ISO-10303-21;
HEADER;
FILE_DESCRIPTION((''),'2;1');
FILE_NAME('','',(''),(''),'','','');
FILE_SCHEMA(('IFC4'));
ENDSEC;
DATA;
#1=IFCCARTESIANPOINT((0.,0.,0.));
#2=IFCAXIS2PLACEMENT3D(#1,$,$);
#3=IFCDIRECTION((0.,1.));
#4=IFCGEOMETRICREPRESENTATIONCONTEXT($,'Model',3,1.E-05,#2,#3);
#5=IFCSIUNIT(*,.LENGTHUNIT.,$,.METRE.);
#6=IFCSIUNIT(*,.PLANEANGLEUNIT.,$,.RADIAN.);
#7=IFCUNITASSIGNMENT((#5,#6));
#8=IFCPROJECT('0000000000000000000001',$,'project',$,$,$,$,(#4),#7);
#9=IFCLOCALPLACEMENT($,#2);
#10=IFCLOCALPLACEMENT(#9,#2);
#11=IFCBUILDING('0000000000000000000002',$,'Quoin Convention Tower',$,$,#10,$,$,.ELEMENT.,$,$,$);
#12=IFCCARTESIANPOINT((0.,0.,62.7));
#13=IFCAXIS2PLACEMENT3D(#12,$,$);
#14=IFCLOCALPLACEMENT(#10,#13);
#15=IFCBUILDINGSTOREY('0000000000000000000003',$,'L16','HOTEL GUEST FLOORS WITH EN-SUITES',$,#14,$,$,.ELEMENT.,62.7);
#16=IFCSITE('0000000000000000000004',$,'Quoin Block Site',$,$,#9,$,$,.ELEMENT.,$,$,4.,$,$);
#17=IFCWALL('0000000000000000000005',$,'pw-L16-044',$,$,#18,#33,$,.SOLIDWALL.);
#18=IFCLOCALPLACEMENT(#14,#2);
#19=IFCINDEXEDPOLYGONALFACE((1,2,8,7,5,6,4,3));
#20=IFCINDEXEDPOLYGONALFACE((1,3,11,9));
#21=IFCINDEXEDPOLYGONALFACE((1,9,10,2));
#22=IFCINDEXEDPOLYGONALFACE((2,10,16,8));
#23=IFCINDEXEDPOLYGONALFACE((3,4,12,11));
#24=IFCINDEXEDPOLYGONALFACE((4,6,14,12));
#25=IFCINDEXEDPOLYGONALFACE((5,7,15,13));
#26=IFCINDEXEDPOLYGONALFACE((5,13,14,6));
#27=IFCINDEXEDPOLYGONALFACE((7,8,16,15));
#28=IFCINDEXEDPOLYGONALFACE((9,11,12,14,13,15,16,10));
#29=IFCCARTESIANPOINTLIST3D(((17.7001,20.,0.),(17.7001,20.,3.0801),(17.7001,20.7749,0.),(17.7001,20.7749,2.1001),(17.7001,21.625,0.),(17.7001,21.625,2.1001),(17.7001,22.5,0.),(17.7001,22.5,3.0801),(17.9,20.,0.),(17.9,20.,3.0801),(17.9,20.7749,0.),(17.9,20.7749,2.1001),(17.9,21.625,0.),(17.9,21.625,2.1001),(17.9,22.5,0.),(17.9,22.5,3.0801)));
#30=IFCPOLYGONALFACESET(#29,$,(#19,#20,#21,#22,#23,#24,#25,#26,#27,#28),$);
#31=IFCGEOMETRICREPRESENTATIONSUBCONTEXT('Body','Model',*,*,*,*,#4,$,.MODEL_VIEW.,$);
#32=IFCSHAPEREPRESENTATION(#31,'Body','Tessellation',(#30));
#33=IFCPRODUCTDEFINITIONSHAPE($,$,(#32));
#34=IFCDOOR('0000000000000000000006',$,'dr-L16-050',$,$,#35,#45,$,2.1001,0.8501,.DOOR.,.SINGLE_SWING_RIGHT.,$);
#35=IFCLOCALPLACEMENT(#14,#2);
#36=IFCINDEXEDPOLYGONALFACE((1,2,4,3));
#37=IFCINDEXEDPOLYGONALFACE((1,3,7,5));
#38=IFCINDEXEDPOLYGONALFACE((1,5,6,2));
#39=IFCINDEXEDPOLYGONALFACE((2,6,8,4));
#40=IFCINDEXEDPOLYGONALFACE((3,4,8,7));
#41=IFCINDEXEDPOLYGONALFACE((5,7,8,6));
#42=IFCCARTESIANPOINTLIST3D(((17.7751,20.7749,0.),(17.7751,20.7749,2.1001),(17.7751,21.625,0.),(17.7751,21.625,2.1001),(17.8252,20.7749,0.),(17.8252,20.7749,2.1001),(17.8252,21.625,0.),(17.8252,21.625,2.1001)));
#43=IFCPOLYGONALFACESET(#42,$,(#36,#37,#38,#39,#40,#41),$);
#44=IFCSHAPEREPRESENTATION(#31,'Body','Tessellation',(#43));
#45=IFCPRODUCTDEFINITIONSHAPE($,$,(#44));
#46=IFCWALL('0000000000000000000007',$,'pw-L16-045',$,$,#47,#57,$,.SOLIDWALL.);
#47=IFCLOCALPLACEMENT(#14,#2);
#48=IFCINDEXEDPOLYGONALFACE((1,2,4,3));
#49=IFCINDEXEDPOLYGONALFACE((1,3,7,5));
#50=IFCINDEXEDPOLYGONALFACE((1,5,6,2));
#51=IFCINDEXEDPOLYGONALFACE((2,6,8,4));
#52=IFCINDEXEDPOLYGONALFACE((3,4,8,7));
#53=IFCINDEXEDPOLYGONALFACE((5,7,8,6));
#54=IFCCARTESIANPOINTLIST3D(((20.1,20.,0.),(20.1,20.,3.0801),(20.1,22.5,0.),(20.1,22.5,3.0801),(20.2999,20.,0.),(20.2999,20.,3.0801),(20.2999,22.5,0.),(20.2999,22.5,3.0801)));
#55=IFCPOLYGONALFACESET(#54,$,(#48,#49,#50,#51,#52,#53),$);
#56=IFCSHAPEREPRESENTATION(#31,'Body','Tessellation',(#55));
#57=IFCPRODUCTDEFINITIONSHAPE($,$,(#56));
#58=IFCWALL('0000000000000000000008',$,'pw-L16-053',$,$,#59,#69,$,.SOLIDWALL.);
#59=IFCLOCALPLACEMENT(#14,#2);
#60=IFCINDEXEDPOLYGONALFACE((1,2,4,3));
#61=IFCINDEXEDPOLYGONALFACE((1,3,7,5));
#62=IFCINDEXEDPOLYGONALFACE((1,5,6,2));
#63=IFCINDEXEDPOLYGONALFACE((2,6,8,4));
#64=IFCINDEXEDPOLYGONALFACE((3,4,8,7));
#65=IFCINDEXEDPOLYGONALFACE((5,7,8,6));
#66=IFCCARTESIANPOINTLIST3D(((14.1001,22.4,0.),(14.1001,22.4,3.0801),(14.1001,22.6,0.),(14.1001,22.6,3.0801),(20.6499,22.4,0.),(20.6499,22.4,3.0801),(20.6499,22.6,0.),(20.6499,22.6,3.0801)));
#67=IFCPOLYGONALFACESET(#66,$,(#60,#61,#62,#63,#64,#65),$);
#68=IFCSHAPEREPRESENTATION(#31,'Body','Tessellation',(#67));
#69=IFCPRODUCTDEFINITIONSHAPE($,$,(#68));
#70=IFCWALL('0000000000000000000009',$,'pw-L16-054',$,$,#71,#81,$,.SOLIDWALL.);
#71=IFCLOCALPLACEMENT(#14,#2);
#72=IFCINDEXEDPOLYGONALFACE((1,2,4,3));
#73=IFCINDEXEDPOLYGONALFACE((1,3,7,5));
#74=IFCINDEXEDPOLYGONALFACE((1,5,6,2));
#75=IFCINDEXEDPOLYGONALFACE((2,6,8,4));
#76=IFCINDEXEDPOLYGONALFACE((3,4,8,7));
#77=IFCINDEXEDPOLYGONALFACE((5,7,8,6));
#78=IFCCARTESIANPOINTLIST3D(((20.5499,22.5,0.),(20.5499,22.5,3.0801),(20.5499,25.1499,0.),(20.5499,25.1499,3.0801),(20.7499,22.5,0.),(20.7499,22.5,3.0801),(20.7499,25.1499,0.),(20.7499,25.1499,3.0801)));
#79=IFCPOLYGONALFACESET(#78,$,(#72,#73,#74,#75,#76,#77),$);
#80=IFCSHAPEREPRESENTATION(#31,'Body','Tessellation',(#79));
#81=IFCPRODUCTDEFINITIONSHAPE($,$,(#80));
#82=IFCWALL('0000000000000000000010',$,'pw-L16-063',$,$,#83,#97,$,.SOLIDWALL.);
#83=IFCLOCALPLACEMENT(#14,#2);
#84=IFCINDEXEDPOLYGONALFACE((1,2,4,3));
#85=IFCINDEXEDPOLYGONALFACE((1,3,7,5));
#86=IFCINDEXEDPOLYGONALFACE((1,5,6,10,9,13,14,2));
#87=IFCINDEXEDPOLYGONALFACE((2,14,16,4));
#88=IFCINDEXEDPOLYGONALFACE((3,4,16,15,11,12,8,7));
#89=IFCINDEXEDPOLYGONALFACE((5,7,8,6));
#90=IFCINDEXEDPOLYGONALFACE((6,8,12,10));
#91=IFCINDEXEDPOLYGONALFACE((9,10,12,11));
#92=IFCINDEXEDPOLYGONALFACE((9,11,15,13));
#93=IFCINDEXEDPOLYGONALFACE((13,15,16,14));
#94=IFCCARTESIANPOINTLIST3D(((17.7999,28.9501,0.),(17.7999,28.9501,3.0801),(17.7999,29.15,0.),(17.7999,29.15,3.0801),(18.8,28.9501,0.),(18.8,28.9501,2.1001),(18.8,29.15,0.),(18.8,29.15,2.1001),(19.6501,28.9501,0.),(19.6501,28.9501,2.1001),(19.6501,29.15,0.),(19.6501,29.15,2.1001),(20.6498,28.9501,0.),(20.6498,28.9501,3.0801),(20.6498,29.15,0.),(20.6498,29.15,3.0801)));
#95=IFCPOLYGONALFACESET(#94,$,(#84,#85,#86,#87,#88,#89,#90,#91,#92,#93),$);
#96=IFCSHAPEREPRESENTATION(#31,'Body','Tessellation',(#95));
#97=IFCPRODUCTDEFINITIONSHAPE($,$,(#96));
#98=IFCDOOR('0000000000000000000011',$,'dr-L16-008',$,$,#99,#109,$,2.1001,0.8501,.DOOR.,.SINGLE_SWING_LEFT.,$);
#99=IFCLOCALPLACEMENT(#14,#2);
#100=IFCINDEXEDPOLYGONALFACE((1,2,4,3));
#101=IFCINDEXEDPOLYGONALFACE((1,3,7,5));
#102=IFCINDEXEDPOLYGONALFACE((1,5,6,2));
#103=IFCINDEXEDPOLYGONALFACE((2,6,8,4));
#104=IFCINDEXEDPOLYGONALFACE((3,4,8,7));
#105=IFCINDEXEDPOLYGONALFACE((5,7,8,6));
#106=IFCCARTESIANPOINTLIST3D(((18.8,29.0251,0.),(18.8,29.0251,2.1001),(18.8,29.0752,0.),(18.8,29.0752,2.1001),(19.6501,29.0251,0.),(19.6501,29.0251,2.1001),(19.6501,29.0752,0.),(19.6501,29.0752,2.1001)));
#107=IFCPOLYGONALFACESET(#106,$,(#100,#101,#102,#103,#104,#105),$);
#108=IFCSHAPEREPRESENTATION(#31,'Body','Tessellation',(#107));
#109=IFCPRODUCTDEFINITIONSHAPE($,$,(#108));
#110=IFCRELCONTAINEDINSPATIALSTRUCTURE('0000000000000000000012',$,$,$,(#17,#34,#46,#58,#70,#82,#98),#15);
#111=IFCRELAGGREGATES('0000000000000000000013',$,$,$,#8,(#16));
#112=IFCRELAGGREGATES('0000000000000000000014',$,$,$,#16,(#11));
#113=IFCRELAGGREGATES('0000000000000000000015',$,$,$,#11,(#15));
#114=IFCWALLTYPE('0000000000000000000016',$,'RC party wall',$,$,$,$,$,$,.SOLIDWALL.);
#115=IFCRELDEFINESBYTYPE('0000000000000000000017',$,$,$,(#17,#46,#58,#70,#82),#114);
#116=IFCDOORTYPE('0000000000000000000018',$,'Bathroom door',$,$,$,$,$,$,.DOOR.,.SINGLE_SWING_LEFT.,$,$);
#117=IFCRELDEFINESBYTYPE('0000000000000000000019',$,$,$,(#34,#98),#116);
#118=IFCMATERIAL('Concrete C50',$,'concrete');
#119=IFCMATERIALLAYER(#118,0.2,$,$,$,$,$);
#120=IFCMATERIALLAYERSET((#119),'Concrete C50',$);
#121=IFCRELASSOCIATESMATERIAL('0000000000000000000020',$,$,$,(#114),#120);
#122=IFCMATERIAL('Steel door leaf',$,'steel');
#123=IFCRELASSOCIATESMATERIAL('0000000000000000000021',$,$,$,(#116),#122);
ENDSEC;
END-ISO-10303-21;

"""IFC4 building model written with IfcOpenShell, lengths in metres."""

from ifc_helpers import new_model, si_unit, direction, frame, frame_2d, origin, place, context, subcontext, project, spatial, rectangle, extrude, material, layer, layer_set, type_object, element, fill, save


model = new_model("IFC4")

# Units and contexts
model_context = context("Model", 3, precision=1e-05, world=origin(), true_north=direction((0.0, 1.0)))
body_context = subcontext(model_context, "Body", "Model", "MODEL_VIEW")
ifc_project = project(units=[si_unit("LENGTHUNIT", "METRE"), si_unit("PLANEANGLEUNIT", "RADIAN")], contexts=[model_context])

# Site, building, storey
site_placement = place(None, origin())
site = spatial("IfcSite", under=ifc_project, at=site_placement, Name="Quoin Block Site", CompositionType="ELEMENT", RefElevation=4.0)
building_placement = place(site_placement, origin())
building = spatial("IfcBuilding", under=site, at=building_placement, Name="Quoin Convention Tower", CompositionType="ELEMENT")
storey_placement = place(building_placement, frame((0.0, 0.0, 62.7)))
storey = spatial("IfcBuildingStorey", under=building, at=storey_placement, Name="L16", Description="HOTEL GUEST FLOORS WITH EN-SUITES", CompositionType="ELEMENT", Elevation=62.7)

# Shared definitions
ifc_material_1 = material(Name="Concrete C50", Category="concrete")

# Shared definitions
ifc_layer_1 = layer(ifc_material_1, 0.2)
ifc_layer_set_1 = layer_set([ifc_layer_1], Name="Concrete C50")
wall_type_1 = type_object("IfcWallType", Name="RC party wall", PredefinedType="SOLIDWALL", material=ifc_layer_set_1)

# Wall, opening, door
wall_1_placement = place(storey_placement, frame((17.8, 20.0, 0.0), z_axis=(0.0, 0.0, 1.0), x_axis=(0.0, 1.0, 0.0)))
wall_1 = element("IfcWall", 1, at=wall_1_placement, inside=storey, type_object=wall_type_1, Name="pw-L16-044", PredefinedType="SOLIDWALL", context=body_context, shape_type="SweptSolid", body=[
    extrude(rectangle(XDim=2.5, YDim=0.2, at=frame_2d((1.25, 0.0))), origin(), (0.0, 0.0, 1.0), 3.0801),
])
opening_1_placement = place(wall_1_placement, frame((0.7749, 0.0, 0.0)))
opening_1 = element("IfcOpeningElement", 2, at=opening_1_placement, cuts=wall_1, PredefinedType="OPENING", context=body_context, shape_type="SweptSolid", body=[
    extrude(rectangle(XDim=0.8501, YDim=2.1001, at=frame_2d((0.425, 1.05))), frame((0.0, 0.1099, 0.0), z_axis=(0.0, -1.0, 0.0), x_axis=(1.0, 0.0, 0.0)), (0.0, 0.0, 1.0), 0.22),
])
ifc_material_2 = material(Name="Steel door leaf", Category="steel")
door_type = type_object("IfcDoorType", Name="Bathroom door", OperationType="SINGLE_SWING_LEFT", PredefinedType="DOOR", material=ifc_material_2)
door_1_placement = place(opening_1_placement, origin())
door_1 = element("IfcDoor", 3, at=door_1_placement, inside=storey, type_object=door_type, Name="dr-L16-050", OperationType="SINGLE_SWING_RIGHT", OverallHeight=2.1001, OverallWidth=0.8501, PredefinedType="DOOR", context=body_context, shape_type="SweptSolid", body=[
    extrude(rectangle(XDim=0.8501, YDim=2.1001, at=frame_2d((0.425, 1.05))), frame((0.0, 0.0249, 0.0), z_axis=(0.0, -1.0, 0.0), x_axis=(1.0, 0.0, 0.0)), (0.0, 0.0, 1.0), 0.05),
])
fill(opening_1, door_1)

# Walls
wall_2_placement = place(storey_placement, frame((20.2, 20.0, 0.0), z_axis=(0.0, 0.0, 1.0), x_axis=(0.0, 1.0, 0.0)))
element("IfcWall", 4, at=wall_2_placement, inside=storey, type_object=wall_type_1, Name="pw-L16-045", PredefinedType="SOLIDWALL", context=body_context, shape_type="SweptSolid", body=[
    extrude(rectangle(XDim=2.5, YDim=0.2, at=frame_2d((1.25, 0.0))), origin(), (0.0, 0.0, 1.0), 3.0801),
])
wall_3_placement = place(storey_placement, frame((14.1001, 22.5, 0.0), z_axis=(0.0, 0.0, 1.0), x_axis=(1.0, 0.0, 0.0)))
element("IfcWall", 5, at=wall_3_placement, inside=storey, type_object=wall_type_1, Name="pw-L16-053", PredefinedType="SOLIDWALL", context=body_context, shape_type="SweptSolid", body=[
    extrude(rectangle(XDim=6.5498, YDim=0.2, at=frame_2d((3.2749, 0.0))), origin(), (0.0, 0.0, 1.0), 3.0801),
])
wall_4_placement = place(storey_placement, frame((20.6499, 22.5, 0.0), z_axis=(0.0, 0.0, 1.0), x_axis=(0.0, 1.0, 0.0)))
element("IfcWall", 6, at=wall_4_placement, inside=storey, type_object=wall_type_1, Name="pw-L16-054", PredefinedType="SOLIDWALL", context=body_context, shape_type="SweptSolid", body=[
    extrude(rectangle(XDim=2.6499, YDim=0.2, at=frame_2d((1.325, 0.0))), origin(), (0.0, 0.0, 1.0), 3.0801),
])

# Wall, opening, door
wall_5_placement = place(storey_placement, frame((17.8, 29.05, 0.0), z_axis=(0.0, 0.0, 1.0), x_axis=(1.0, 0.0, 0.0)))
wall_5 = element("IfcWall", 7, at=wall_5_placement, inside=storey, type_object=wall_type_1, Name="pw-L16-063", PredefinedType="SOLIDWALL", context=body_context, shape_type="SweptSolid", body=[
    extrude(rectangle(XDim=2.8499, YDim=0.2, at=frame_2d((1.4248, 0.0))), origin(), (0.0, 0.0, 1.0), 3.0801),
])
opening_2_placement = place(wall_5_placement, frame((1.0, 0.0, 0.0)))
opening_2 = element("IfcOpeningElement", 8, at=opening_2_placement, cuts=wall_5, PredefinedType="OPENING", context=body_context, shape_type="SweptSolid", body=[
    extrude(rectangle(XDim=0.8501, YDim=2.1001, at=frame_2d((0.425, 1.05))), frame((0.0, 0.1099, 0.0), z_axis=(0.0, -1.0, 0.0), x_axis=(1.0, 0.0, 0.0)), (0.0, 0.0, 1.0), 0.22),
])
door_2_placement = place(opening_2_placement, frame((0.8501, 0.0, 0.0), z_axis=(0.0, 0.0, 1.0), x_axis=(-1.0, 0.0, 0.0)))
door_2 = element("IfcDoor", 9, at=door_2_placement, inside=storey, type_object=door_type, Name="dr-L16-008", OperationType="SINGLE_SWING_LEFT", OverallHeight=2.1001, OverallWidth=0.8501, PredefinedType="DOOR", context=body_context, shape_type="SweptSolid", body=[
    extrude(rectangle(XDim=0.8501, YDim=2.1001, at=frame_2d((0.425, 1.05))), frame((0.0, 0.0249, 0.0), z_axis=(0.0, -1.0, 0.0), x_axis=(1.0, 0.0, 0.0)), (0.0, 0.0, 1.0), 0.05),
])
fill(opening_2, door_2)

save(model, "model.ifc")
